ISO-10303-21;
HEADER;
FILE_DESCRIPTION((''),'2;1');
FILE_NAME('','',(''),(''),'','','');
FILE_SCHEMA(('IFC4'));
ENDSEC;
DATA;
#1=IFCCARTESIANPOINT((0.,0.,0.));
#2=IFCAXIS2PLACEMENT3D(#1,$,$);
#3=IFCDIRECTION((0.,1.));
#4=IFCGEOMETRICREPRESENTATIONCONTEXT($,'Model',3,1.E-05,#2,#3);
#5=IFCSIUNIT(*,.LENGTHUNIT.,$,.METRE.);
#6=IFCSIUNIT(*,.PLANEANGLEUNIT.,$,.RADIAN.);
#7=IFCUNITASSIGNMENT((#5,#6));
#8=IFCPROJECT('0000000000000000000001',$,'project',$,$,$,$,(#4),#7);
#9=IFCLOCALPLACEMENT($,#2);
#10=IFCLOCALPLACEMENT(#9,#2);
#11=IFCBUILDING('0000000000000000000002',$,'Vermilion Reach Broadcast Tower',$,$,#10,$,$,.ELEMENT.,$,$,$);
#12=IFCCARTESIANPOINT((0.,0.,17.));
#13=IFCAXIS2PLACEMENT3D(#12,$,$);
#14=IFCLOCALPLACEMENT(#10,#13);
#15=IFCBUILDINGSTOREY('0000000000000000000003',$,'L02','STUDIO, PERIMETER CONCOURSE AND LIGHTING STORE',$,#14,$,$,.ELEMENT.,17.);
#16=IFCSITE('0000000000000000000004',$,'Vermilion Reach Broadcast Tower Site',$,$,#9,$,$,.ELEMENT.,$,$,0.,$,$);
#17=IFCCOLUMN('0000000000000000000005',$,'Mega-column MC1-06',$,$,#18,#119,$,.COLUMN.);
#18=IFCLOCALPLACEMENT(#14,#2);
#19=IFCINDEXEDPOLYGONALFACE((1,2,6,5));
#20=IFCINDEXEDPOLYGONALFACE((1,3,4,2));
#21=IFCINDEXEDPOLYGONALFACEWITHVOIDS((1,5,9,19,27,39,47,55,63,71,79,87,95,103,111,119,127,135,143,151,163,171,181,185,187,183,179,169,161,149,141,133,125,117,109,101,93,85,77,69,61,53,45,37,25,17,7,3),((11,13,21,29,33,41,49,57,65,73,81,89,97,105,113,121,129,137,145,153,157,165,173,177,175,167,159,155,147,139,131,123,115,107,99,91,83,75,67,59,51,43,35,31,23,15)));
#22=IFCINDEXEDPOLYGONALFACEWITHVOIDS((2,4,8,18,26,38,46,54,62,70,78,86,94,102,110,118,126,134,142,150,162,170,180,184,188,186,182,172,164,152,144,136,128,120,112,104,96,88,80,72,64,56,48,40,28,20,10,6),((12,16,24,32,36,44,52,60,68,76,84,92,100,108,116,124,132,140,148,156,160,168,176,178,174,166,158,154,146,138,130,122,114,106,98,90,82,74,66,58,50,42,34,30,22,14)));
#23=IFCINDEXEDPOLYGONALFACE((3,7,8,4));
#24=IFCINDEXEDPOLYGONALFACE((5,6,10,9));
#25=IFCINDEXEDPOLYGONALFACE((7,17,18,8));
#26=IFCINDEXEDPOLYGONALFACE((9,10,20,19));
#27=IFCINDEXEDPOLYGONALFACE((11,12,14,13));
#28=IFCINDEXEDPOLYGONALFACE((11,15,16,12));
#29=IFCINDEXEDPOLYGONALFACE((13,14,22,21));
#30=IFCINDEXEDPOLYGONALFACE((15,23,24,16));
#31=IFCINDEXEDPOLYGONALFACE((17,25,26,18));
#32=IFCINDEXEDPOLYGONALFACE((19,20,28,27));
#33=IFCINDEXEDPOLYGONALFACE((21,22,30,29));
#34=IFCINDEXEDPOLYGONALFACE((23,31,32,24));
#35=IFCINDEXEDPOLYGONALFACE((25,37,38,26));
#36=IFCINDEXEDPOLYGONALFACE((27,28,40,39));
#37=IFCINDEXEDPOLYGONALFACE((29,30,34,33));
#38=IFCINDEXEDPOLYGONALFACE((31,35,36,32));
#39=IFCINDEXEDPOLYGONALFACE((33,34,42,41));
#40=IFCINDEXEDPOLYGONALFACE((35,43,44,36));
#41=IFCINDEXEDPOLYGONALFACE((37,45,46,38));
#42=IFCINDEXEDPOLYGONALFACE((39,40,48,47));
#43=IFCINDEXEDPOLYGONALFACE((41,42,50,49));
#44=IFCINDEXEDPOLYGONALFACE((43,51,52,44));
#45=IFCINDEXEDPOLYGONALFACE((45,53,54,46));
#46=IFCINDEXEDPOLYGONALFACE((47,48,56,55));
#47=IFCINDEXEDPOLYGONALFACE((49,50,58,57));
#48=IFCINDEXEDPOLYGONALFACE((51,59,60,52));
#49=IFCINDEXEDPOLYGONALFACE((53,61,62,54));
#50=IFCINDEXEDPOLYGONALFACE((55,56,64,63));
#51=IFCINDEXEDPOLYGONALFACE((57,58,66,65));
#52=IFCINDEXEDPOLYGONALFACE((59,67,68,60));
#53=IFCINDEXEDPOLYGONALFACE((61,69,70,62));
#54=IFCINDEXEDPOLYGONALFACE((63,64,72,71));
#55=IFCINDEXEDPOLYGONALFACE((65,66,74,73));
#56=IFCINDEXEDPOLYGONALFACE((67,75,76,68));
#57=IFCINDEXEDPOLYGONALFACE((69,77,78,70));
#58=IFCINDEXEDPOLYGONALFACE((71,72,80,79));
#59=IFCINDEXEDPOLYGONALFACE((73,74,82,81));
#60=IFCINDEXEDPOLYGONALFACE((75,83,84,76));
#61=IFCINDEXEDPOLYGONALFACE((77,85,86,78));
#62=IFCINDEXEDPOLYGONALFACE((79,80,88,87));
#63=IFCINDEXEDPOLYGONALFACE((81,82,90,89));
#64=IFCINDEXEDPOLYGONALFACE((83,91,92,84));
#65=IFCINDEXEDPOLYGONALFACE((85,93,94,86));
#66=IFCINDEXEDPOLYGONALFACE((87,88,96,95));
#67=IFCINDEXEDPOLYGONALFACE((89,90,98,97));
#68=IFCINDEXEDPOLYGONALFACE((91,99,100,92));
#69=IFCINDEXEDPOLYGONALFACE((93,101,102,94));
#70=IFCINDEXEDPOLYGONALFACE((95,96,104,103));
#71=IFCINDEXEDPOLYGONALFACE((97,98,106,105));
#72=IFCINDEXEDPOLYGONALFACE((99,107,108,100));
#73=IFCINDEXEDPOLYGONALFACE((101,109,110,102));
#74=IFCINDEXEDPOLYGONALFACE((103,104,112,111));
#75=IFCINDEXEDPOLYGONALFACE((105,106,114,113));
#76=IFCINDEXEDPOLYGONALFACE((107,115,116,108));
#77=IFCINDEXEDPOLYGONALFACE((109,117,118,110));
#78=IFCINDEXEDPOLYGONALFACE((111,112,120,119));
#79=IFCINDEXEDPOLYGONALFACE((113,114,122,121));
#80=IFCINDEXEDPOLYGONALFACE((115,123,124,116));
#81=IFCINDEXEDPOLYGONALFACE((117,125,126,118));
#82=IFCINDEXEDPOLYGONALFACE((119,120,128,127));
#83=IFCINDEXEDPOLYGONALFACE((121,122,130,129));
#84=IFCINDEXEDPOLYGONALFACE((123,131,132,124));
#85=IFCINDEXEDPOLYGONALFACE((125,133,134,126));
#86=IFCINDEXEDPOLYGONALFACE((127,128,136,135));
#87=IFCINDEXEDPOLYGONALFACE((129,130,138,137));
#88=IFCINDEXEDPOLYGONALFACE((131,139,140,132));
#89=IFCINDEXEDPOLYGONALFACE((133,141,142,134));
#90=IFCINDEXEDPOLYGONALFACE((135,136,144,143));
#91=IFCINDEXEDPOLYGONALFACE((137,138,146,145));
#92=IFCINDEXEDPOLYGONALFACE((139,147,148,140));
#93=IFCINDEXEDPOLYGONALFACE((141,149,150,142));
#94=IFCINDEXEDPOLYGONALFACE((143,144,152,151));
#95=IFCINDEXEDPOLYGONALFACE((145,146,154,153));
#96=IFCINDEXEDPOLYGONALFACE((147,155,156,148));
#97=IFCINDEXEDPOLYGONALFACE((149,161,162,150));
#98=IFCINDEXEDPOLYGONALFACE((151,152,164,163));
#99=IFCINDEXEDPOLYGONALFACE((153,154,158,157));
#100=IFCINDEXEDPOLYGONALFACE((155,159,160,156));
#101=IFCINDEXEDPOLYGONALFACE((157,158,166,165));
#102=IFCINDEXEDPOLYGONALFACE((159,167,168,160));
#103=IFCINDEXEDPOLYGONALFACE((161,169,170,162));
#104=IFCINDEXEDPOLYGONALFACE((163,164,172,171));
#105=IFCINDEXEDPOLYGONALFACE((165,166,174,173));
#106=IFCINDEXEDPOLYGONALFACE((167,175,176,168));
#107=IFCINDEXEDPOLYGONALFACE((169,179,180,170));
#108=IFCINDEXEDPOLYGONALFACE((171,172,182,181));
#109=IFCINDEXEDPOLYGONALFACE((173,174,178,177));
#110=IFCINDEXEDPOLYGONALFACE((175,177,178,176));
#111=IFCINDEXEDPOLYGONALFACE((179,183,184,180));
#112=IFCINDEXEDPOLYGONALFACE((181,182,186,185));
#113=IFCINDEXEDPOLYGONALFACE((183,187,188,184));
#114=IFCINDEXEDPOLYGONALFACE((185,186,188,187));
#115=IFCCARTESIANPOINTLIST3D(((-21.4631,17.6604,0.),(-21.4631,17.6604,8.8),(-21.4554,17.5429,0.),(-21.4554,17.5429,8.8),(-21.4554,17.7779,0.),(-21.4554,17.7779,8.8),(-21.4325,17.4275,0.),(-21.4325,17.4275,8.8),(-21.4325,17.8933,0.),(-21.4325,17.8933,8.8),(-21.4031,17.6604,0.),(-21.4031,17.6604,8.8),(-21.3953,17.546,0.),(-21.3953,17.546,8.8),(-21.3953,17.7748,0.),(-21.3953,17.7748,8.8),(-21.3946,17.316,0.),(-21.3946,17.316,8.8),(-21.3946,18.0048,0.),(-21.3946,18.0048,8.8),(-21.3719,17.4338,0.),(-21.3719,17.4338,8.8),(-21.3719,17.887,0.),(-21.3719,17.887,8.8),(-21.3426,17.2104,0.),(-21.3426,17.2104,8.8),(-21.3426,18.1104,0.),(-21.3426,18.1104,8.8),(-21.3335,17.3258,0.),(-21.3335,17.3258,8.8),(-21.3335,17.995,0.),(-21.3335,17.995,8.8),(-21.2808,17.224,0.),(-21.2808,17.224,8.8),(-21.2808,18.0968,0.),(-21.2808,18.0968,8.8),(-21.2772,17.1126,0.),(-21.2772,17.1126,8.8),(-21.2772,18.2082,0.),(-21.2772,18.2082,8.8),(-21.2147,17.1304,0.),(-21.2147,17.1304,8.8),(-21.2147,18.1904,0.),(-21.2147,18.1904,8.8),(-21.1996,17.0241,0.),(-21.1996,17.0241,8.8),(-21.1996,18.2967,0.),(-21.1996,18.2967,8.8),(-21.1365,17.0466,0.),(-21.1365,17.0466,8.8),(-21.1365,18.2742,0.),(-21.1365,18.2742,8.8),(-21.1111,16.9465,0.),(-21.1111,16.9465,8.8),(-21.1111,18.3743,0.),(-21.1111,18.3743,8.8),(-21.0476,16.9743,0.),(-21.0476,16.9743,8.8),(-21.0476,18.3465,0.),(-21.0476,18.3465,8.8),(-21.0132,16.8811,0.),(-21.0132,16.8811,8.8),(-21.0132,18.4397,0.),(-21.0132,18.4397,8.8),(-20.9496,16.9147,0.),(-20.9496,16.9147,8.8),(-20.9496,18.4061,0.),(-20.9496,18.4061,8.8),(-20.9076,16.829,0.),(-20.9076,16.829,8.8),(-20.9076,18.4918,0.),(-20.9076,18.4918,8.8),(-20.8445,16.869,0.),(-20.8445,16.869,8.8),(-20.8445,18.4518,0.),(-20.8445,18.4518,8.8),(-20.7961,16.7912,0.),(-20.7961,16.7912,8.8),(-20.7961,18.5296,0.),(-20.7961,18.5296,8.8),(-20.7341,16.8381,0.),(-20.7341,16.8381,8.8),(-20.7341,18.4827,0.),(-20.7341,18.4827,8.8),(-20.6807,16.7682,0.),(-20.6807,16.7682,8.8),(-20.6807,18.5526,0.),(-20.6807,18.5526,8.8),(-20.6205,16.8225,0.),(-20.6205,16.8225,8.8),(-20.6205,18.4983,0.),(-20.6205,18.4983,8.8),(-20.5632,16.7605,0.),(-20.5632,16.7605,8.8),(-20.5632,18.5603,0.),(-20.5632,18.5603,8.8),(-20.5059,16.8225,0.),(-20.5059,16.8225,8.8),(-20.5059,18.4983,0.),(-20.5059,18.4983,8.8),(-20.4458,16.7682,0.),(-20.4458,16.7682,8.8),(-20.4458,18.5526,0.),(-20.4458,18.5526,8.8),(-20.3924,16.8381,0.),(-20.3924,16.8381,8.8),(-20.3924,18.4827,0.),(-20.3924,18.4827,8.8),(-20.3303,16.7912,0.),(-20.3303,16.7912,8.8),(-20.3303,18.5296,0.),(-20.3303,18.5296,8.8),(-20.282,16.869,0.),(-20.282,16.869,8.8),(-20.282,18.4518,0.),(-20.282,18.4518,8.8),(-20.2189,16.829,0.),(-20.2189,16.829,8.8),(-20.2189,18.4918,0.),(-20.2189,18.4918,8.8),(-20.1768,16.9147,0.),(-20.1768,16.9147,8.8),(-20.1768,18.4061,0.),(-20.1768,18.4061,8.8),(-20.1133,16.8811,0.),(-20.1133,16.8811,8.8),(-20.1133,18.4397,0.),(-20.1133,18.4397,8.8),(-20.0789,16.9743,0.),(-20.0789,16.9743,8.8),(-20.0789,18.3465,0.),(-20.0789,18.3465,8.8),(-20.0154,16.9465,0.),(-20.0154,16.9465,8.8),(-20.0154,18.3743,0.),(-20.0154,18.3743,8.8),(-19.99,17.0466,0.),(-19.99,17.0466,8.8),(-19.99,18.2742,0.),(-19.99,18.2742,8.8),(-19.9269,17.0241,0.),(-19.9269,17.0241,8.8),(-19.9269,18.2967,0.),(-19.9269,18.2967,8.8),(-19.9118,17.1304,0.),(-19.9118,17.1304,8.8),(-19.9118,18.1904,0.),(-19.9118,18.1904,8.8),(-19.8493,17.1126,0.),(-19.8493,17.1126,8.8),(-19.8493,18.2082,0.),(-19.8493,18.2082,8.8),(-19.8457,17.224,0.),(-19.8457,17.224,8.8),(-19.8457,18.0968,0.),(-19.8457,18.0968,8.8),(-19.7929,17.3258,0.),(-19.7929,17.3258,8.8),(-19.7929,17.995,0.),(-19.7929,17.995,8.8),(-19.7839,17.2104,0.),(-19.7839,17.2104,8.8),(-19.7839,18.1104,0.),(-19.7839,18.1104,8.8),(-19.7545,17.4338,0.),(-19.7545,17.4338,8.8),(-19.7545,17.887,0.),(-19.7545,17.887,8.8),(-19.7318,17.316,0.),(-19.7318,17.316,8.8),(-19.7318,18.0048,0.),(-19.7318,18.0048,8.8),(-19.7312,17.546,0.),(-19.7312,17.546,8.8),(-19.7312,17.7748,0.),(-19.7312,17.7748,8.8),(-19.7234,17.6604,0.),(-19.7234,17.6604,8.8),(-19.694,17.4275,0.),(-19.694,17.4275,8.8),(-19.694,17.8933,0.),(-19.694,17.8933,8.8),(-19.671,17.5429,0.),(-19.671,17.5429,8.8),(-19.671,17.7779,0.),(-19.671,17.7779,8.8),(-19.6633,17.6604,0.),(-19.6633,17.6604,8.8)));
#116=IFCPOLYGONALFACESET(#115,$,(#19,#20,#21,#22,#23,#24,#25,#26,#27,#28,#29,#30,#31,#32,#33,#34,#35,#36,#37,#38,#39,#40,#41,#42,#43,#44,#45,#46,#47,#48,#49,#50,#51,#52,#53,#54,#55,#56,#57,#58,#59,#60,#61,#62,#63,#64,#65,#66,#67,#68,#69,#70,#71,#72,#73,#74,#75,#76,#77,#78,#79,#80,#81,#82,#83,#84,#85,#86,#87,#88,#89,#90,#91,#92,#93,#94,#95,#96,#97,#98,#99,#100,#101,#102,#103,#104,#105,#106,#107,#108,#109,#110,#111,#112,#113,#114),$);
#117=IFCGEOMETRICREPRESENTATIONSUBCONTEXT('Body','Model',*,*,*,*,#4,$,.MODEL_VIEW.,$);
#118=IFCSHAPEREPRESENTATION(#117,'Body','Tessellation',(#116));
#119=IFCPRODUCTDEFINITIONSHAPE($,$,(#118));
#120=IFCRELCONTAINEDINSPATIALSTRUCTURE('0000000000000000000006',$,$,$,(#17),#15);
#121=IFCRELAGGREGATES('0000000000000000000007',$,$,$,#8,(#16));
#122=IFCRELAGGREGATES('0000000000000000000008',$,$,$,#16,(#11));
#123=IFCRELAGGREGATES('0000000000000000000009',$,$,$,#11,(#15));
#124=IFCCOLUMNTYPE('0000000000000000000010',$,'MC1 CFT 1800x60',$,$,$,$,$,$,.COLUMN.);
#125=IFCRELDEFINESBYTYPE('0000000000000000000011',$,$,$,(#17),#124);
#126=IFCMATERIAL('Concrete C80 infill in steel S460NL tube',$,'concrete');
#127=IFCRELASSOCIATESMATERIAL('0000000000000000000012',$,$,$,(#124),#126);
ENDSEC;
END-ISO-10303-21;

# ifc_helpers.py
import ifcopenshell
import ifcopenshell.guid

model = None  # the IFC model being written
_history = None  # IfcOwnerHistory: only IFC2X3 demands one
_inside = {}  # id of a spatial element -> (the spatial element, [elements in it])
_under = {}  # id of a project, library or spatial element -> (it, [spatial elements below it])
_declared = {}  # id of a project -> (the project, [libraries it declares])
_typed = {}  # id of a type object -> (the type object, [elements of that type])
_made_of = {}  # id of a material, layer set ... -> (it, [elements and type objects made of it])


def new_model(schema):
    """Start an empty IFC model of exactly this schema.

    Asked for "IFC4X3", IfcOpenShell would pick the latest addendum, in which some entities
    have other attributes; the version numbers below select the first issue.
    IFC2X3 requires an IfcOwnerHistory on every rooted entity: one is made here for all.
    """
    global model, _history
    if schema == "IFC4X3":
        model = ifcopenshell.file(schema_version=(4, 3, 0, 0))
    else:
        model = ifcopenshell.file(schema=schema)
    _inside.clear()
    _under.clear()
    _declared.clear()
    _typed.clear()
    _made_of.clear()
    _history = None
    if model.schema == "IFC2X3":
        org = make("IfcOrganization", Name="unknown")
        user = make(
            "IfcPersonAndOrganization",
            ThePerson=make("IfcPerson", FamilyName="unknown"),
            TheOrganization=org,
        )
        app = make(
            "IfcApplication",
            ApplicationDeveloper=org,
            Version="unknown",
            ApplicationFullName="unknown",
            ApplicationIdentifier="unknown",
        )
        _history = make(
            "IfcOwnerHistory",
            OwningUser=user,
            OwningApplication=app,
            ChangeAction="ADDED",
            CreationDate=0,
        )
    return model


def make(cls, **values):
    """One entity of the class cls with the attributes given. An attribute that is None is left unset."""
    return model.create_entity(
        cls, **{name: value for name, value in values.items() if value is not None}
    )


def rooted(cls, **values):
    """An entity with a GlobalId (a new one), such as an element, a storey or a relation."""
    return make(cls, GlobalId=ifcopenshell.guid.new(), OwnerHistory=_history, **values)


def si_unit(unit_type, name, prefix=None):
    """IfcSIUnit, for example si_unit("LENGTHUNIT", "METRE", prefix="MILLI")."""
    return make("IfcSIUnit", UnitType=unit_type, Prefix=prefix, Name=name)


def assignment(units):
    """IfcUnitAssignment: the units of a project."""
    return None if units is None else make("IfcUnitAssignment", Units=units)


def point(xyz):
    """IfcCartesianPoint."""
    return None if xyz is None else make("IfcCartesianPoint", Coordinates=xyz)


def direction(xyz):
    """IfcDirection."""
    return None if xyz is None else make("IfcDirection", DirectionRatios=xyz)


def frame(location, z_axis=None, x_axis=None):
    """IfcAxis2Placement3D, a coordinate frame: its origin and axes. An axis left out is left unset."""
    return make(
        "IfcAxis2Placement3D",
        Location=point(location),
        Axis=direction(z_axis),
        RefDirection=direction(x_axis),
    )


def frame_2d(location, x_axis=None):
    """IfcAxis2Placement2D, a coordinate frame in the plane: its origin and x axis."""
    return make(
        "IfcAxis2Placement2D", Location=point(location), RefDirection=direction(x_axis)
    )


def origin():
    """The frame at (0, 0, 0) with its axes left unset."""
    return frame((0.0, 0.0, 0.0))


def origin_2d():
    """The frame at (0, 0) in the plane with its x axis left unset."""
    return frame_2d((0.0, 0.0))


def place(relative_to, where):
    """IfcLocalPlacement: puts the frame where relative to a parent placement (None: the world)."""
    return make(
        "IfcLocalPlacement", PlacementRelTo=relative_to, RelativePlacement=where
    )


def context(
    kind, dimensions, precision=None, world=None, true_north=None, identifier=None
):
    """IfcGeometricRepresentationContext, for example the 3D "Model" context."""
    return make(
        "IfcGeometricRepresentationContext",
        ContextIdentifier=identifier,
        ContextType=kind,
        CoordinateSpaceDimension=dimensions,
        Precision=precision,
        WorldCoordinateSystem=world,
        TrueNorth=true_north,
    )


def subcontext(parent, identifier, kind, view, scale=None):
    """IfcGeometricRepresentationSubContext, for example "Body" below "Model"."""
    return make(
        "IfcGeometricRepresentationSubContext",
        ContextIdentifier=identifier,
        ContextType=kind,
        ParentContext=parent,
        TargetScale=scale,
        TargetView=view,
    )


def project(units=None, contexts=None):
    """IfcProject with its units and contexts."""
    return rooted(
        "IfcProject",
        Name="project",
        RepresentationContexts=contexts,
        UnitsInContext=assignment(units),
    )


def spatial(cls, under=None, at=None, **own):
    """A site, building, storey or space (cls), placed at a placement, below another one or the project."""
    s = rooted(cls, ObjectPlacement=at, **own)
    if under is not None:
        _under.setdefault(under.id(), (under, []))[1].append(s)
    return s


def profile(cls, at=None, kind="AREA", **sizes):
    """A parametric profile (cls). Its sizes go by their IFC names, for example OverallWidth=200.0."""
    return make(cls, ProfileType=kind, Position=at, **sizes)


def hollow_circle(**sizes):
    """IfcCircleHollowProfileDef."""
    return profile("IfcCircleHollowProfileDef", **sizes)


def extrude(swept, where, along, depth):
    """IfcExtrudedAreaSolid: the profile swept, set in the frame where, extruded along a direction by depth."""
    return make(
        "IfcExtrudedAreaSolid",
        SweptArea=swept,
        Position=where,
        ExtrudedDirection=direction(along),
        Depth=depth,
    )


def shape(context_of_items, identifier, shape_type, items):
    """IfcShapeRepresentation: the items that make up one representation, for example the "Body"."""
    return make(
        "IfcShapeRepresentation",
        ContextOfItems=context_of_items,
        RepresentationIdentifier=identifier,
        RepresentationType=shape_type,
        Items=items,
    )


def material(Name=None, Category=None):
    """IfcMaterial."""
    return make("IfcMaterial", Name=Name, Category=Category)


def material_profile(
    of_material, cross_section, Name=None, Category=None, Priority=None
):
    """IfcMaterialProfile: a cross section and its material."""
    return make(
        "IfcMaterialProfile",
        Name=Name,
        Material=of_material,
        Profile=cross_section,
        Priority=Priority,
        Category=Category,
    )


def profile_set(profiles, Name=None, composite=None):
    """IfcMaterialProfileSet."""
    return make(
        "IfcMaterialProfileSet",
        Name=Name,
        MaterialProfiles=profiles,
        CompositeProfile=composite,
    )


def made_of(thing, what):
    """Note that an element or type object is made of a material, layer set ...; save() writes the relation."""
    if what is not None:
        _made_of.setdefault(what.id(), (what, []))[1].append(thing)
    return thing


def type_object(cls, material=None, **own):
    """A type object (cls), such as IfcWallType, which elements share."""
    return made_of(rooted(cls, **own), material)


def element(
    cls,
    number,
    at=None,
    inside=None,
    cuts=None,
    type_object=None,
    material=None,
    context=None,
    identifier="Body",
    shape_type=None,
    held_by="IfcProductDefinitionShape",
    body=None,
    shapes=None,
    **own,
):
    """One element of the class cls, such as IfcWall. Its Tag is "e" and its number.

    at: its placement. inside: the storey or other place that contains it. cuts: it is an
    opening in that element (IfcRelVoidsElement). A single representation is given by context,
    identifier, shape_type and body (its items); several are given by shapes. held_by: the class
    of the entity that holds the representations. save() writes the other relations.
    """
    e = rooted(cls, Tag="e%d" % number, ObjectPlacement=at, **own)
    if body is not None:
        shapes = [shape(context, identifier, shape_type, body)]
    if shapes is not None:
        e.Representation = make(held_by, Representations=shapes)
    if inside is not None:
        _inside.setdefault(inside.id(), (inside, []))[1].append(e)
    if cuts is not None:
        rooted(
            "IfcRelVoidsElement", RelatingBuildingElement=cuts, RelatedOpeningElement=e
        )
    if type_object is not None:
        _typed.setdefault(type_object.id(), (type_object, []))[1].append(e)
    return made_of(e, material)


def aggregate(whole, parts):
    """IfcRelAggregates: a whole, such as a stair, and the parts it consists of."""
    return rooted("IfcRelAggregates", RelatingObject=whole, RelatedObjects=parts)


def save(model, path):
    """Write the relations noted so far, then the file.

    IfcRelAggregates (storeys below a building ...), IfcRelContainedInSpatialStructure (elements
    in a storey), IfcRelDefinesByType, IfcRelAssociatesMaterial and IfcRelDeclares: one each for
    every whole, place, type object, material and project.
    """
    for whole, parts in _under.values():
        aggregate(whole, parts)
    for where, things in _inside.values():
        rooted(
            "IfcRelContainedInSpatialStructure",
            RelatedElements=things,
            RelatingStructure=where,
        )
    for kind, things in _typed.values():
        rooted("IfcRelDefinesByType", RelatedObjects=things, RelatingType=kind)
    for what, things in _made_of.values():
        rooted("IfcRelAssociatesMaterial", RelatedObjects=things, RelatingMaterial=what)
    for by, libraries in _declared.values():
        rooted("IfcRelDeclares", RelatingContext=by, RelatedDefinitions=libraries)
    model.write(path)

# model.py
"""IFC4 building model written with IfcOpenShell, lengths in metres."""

from ifc_helpers import new_model, si_unit, direction, frame, origin, origin_2d, place, context, subcontext, project, spatial, hollow_circle, extrude, material, material_profile, profile_set, type_object, element, save


model = new_model("IFC4")

# Units and contexts
model_context = context("Model", 3, precision=1e-05, world=origin(), true_north=direction((0.0, 1.0)))
body_context = subcontext(model_context, "Body", "Model", "MODEL_VIEW")
ifc_project = project(units=[si_unit("LENGTHUNIT", "METRE"), si_unit("PLANEANGLEUNIT", "RADIAN")], contexts=[model_context])

# Site, building, storey
site_placement = place(None, origin())
site = spatial("IfcSite", under=ifc_project, at=site_placement, Name="Vermilion Reach Broadcast Tower Site", CompositionType="ELEMENT", RefElevation=0.0)
building_placement = place(site_placement, origin())
building = spatial("IfcBuilding", under=site, at=building_placement, Name="Vermilion Reach Broadcast Tower", CompositionType="ELEMENT")
storey_placement = place(building_placement, frame((0.0, 0.0, 17.0)))
storey = spatial("IfcBuildingStorey", under=building, at=storey_placement, Name="L02", Description="STUDIO, PERIMETER CONCOURSE AND LIGHTING STORE", CompositionType="ELEMENT", Elevation=17.0)

# Column
ifc_material_1 = material(Name="Concrete C80 infill in steel S460NL tube", Category="concrete")
ifc_material_profile_1 = material_profile(ifc_material_1, hollow_circle(Radius=0.8999, WallThickness=0.0601, at=origin_2d()), Name="Concrete C80 infill in steel S460NL tube CFT 1800x60")
ifc_profile_set_1 = profile_set([ifc_material_profile_1], Name="Concrete C80 infill in steel S460NL tube")
column_type = type_object("IfcColumnType", Name="MC1 CFT 1800x60", PredefinedType="COLUMN", material=ifc_profile_set_1)
for number, where, z_axis, x_axis, name in (
    (1, (-20.5632, 17.6604, 0.0), (0.0, 0.0, 1.0), (1.0, 0.0, 0.0), "Mega-column MC1-06"),
):
    element("IfcColumn", number, at=place(storey_placement, frame(where, z_axis=z_axis, x_axis=x_axis)), inside=storey, type_object=column_type, Name=name, PredefinedType="COLUMN", context=body_context, shape_type="SweptSolid", body=[
        extrude(hollow_circle(Radius=0.8999, WallThickness=0.0601, at=origin_2d()), origin(), (0.0, 0.0, 1.0), 8.8),
    ])

save(model, "model.ifc")
